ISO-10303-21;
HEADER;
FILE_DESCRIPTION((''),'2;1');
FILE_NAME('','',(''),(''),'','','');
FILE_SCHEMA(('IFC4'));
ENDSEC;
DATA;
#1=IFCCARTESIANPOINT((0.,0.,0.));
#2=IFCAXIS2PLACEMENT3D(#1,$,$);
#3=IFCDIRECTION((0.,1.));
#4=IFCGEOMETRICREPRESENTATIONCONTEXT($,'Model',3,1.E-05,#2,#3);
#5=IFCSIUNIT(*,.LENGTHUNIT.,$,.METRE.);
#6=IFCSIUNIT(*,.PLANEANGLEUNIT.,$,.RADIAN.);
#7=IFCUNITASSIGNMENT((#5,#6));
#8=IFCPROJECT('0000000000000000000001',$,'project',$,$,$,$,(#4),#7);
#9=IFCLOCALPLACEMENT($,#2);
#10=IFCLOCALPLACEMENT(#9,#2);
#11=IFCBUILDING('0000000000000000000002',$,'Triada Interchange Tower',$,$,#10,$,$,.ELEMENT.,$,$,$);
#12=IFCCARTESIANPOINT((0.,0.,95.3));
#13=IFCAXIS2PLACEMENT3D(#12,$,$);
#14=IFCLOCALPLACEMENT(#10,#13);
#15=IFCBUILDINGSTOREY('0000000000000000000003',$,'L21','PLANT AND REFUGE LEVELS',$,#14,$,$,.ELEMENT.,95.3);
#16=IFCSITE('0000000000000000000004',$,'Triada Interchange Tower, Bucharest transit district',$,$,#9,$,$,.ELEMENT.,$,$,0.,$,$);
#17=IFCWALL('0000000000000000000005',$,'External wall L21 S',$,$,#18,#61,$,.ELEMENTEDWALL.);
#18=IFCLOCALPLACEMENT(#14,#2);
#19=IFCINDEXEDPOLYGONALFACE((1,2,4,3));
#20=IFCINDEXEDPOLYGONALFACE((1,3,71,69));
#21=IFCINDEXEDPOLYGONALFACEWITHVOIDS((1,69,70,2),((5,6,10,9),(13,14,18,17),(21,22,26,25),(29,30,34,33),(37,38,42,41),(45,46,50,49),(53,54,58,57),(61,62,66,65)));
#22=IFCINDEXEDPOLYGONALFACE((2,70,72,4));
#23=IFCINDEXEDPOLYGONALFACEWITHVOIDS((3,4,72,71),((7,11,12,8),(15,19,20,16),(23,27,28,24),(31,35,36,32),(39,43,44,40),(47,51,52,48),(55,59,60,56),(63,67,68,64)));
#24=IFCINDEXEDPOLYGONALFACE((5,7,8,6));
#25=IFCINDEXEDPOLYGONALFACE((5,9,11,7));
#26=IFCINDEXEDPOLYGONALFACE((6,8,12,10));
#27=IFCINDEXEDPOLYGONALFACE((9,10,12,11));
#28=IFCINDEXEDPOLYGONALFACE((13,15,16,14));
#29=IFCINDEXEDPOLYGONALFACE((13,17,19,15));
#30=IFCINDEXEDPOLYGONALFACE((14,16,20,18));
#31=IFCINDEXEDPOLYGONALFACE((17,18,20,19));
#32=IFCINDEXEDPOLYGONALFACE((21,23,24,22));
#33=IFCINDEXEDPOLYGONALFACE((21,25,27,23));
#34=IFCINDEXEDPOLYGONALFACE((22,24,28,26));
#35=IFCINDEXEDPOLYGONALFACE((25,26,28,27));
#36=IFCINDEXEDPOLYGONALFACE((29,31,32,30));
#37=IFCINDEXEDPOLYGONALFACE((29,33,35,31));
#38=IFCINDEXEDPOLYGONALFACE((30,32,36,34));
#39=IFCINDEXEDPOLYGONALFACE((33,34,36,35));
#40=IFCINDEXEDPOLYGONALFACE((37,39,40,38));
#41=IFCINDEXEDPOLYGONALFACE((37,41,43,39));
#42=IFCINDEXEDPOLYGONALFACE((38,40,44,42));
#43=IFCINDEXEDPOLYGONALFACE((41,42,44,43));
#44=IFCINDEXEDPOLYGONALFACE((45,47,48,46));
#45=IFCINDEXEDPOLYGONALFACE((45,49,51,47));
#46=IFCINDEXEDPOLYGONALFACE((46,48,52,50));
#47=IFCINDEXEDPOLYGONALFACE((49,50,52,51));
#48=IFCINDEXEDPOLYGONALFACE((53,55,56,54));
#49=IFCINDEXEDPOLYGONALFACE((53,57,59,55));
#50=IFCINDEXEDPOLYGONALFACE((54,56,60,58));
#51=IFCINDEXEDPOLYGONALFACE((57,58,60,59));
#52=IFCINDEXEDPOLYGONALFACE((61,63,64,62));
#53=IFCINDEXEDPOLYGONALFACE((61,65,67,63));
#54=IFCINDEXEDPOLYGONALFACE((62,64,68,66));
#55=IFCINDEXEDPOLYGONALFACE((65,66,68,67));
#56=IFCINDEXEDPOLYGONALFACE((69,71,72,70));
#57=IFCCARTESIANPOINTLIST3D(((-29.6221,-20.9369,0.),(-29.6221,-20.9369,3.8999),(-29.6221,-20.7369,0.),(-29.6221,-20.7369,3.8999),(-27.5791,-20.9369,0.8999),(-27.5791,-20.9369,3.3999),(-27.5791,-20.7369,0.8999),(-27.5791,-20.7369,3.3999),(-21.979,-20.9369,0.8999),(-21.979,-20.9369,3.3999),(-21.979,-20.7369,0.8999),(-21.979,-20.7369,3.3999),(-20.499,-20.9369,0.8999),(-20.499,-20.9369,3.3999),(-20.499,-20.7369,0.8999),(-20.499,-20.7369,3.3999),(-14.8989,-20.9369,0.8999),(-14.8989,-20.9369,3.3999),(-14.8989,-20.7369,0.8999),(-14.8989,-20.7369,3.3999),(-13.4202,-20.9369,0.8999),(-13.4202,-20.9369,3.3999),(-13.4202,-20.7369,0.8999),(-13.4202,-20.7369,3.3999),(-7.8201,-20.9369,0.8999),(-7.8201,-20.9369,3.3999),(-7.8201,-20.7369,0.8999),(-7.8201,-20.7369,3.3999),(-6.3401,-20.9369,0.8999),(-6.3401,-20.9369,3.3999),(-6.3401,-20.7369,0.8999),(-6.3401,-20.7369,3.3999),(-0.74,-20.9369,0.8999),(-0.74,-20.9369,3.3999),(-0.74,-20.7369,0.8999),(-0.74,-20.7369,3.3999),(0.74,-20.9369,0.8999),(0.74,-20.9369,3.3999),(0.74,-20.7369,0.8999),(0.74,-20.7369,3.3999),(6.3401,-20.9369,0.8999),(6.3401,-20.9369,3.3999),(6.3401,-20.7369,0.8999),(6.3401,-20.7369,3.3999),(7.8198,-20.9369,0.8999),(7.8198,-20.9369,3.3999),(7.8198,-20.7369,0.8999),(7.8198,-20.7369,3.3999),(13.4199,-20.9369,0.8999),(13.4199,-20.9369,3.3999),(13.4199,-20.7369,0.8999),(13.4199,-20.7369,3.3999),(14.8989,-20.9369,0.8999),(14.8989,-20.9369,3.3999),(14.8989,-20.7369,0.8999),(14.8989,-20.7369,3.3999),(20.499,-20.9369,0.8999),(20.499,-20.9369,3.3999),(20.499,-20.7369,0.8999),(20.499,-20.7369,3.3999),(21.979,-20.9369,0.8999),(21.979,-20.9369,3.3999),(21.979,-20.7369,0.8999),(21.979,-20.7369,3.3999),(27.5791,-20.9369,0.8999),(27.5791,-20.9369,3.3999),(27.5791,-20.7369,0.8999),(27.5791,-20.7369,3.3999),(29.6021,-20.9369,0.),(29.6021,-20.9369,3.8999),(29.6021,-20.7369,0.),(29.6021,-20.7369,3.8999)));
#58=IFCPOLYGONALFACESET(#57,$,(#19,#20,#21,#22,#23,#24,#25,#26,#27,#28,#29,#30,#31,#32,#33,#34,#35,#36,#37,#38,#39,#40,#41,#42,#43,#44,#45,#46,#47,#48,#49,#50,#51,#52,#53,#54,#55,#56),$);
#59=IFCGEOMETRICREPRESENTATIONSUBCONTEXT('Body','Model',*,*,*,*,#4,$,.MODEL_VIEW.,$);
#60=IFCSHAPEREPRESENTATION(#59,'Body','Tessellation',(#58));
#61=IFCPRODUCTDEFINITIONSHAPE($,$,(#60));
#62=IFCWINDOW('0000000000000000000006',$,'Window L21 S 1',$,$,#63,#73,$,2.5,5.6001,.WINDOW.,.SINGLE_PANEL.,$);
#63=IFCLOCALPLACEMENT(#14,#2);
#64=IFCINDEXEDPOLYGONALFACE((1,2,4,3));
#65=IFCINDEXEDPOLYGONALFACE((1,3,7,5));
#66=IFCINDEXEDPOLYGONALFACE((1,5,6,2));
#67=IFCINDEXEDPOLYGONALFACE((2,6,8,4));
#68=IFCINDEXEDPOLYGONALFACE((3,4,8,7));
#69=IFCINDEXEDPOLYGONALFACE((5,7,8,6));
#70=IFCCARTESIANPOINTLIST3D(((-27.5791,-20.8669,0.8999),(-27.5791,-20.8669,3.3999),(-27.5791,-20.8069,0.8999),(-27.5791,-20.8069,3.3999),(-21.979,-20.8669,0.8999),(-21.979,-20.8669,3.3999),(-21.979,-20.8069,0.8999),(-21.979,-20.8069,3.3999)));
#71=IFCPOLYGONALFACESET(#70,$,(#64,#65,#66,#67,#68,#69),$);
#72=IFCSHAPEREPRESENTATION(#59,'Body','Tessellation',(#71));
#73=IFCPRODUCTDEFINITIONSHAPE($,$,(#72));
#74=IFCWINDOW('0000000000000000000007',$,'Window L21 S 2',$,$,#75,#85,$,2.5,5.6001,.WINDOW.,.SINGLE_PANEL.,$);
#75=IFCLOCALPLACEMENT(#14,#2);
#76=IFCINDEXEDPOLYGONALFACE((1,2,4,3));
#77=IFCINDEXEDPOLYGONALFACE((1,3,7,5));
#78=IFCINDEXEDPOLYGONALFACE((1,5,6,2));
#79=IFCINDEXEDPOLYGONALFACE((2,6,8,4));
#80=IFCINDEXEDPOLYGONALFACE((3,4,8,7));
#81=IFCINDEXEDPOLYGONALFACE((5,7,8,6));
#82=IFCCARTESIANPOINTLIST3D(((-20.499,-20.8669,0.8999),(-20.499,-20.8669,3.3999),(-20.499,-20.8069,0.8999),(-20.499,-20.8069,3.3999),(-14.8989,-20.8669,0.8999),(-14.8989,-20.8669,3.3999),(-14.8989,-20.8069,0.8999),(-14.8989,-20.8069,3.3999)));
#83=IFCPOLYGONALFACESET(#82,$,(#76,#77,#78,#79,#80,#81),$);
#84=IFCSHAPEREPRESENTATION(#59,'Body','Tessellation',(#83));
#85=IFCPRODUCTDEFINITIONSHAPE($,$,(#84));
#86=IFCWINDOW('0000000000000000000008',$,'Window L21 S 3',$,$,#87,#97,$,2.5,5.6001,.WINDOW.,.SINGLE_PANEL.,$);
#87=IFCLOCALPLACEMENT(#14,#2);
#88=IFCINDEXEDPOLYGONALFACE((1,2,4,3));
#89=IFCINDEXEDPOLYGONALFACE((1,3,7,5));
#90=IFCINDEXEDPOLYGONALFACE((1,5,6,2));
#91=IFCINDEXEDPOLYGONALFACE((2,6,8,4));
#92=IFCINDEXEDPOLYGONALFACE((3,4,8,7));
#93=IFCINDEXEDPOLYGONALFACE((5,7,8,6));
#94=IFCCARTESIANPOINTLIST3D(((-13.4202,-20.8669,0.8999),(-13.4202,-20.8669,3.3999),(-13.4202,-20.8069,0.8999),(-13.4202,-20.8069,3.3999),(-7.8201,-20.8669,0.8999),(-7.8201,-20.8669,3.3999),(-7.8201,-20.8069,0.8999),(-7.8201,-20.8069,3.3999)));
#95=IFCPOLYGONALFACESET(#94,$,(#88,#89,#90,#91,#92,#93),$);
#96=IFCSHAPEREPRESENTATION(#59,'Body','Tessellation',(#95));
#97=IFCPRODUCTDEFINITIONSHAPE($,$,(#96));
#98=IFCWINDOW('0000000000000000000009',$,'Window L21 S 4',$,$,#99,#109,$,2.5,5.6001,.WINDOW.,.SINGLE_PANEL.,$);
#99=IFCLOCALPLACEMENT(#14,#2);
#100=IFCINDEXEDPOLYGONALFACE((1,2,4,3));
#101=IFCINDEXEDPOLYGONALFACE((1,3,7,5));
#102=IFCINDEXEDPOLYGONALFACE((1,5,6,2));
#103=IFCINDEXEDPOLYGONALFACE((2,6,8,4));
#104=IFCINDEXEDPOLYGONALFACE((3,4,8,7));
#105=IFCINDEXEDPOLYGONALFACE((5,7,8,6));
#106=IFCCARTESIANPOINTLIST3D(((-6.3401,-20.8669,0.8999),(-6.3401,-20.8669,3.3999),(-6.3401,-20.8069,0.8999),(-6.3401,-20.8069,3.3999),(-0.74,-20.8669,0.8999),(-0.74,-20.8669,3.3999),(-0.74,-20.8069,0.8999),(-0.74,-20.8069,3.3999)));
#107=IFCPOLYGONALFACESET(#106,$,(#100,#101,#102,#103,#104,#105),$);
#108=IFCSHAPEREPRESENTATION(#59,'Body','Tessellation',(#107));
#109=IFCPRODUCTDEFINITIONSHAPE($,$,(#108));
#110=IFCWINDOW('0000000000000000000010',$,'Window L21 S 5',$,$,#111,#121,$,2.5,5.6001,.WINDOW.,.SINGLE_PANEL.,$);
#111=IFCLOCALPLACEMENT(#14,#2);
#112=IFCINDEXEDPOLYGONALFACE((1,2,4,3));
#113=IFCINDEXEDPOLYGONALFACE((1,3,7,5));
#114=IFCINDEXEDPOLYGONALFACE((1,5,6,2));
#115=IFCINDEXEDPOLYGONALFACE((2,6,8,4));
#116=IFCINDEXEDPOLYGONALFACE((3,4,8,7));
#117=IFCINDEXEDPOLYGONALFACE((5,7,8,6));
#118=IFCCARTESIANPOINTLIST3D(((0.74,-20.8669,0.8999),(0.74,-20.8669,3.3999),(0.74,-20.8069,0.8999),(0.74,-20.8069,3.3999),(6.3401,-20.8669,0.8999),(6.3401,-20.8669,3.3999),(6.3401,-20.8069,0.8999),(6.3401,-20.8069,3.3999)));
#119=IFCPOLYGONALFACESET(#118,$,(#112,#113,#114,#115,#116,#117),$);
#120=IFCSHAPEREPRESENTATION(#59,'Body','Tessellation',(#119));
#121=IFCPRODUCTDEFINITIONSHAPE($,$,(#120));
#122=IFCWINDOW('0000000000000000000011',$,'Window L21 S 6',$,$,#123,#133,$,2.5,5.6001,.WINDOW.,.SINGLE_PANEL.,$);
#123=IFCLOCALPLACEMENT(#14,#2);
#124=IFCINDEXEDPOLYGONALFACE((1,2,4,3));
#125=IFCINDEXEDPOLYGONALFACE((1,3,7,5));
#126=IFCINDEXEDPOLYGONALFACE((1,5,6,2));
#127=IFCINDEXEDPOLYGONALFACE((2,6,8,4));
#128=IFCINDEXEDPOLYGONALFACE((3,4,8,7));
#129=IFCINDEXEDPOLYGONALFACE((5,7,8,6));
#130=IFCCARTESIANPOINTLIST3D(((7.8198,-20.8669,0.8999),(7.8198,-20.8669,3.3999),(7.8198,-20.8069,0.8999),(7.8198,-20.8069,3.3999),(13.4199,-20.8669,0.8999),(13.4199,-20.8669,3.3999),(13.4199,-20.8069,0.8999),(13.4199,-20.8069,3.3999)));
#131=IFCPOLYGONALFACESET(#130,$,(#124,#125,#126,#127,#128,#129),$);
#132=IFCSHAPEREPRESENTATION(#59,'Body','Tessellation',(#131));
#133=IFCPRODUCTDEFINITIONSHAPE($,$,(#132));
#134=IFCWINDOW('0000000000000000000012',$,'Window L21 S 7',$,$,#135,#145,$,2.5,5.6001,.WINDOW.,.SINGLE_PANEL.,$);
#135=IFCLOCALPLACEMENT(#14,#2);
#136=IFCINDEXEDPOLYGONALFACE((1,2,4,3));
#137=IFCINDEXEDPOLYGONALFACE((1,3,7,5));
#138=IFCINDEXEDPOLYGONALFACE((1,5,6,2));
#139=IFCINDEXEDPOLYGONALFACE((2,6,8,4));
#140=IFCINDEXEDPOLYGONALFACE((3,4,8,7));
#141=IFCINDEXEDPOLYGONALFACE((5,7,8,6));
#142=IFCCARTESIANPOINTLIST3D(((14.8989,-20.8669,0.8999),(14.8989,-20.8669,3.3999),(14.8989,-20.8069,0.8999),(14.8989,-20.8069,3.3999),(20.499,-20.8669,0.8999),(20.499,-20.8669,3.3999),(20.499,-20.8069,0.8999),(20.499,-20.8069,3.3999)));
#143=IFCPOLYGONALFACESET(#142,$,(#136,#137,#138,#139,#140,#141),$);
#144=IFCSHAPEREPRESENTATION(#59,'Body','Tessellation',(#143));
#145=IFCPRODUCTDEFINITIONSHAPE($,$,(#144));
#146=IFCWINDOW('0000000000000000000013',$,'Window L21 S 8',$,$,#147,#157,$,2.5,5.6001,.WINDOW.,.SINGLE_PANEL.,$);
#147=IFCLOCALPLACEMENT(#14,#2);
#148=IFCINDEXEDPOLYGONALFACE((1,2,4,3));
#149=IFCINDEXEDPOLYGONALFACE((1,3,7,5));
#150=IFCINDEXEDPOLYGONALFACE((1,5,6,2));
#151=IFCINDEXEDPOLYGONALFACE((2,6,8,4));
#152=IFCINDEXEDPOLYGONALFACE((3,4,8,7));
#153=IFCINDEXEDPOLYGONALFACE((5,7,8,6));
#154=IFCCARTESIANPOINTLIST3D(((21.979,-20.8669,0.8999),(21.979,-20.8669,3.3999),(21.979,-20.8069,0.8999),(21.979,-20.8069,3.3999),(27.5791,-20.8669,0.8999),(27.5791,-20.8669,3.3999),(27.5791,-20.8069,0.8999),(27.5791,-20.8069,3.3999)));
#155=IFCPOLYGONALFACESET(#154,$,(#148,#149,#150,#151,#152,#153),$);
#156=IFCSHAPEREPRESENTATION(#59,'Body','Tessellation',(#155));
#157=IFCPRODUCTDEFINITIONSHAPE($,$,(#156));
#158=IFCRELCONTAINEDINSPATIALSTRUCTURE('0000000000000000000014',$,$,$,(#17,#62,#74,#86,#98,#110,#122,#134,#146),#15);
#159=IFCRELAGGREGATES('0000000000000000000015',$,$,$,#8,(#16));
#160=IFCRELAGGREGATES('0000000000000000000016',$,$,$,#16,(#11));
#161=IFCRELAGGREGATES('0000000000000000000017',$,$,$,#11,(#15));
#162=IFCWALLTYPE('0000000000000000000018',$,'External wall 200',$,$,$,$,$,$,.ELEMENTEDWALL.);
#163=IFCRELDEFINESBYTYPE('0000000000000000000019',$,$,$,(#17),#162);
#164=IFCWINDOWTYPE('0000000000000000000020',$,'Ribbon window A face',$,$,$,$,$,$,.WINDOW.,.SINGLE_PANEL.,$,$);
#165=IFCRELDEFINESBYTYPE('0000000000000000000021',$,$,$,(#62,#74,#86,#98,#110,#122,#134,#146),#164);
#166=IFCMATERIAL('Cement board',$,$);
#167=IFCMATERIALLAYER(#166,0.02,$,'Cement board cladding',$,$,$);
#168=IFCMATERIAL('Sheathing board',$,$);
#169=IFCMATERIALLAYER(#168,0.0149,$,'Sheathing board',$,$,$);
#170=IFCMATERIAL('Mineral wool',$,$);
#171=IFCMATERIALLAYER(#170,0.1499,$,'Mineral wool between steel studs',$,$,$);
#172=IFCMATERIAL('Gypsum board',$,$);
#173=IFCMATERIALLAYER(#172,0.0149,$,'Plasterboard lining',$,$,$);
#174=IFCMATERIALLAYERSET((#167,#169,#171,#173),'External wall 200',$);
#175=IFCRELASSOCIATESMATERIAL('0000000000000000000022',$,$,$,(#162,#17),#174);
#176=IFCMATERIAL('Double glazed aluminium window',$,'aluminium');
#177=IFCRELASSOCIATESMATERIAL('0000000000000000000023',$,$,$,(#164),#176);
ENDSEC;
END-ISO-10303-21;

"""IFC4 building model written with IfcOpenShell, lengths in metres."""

from ifc_helpers import new_model, si_unit, direction, frame, frame_2d, origin, place, context, subcontext, project, spatial, rectangle, extrude, material, layer, layer_set, layer_usage, type_object, element, fill, save


model = new_model("IFC4")

# Units and contexts
model_context = context("Model", 3, precision=1e-05, world=origin(), true_north=direction((0.0, 1.0)))
body_context = subcontext(model_context, "Body", "Model", "MODEL_VIEW")
ifc_project = project(units=[si_unit("LENGTHUNIT", "METRE"), si_unit("PLANEANGLEUNIT", "RADIAN")], contexts=[model_context])

# Site, building, storey
site_placement = place(None, origin())
site = spatial("IfcSite", under=ifc_project, at=site_placement, Name="Triada Interchange Tower, Bucharest transit district", CompositionType="ELEMENT", RefElevation=0.0)
building_placement = place(site_placement, origin())
building = spatial("IfcBuilding", under=site, at=building_placement, Name="Triada Interchange Tower", CompositionType="ELEMENT")
storey_placement = place(building_placement, frame((0.0, 0.0, 95.3)))
storey = spatial("IfcBuildingStorey", under=building, at=storey_placement, Name="L21", Description="PLANT AND REFUGE LEVELS", CompositionType="ELEMENT", Elevation=95.3)

# Wall, openings, windows
ifc_material_1 = material(Name="Cement board")
ifc_layer_1 = layer(ifc_material_1, 0.02, Name="Cement board cladding")
ifc_material_2 = material(Name="Sheathing board")
ifc_layer_2 = layer(ifc_material_2, 0.0149, Name="Sheathing board")
ifc_material_3 = material(Name="Mineral wool")
ifc_layer_3 = layer(ifc_material_3, 0.1499, Name="Mineral wool between steel studs")
ifc_material_4 = material(Name="Gypsum board")
ifc_layer_4 = layer(ifc_material_4, 0.0149, Name="Plasterboard lining")
ifc_layer_set_1 = layer_set([ifc_layer_1, ifc_layer_2, ifc_layer_3, ifc_layer_4], Name="External wall 200")
ifc_layer_usage = layer_usage(ifc_layer_set_1, "AXIS2", "POSITIVE", -0.1001)
wall_type_1 = type_object("IfcWallType", Name="External wall 200", PredefinedType="ELEMENTEDWALL", material=ifc_layer_set_1)
wall_1_placement = place(storey_placement, frame((-29.6221, -20.8369, 0.0), z_axis=(0.0, 0.0, 1.0), x_axis=(1.0, 0.0, 0.0)))
wall_1 = element("IfcWall", 1, at=wall_1_placement, inside=storey, type_object=wall_type_1, material=ifc_layer_usage, Name="External wall L21 S", PredefinedType="ELEMENTEDWALL", context=body_context, shape_type="SweptSolid", body=[
    extrude(rectangle(XDim=59.2241, YDim=0.2, at=frame_2d((29.6121, 0.0))), origin(), (0.0, 0.0, 1.0), 3.8999),
])
opening_1_placement = place(wall_1_placement, frame((2.043, 0.0, 0.8999)))
opening_1 = element("IfcOpeningElement", 2, at=opening_1_placement, cuts=wall_1, PredefinedType="OPENING", context=body_context, shape_type="SweptSolid", body=[
    extrude(rectangle(XDim=5.6001, YDim=2.5, at=frame_2d((2.8, 1.25))), frame((0.0, 0.1099, 0.0), z_axis=(0.0, -1.0, 0.0), x_axis=(1.0, 0.0, 0.0)), (0.0, 0.0, 1.0), 0.22),
])
opening_2_placement = place(wall_1_placement, frame((9.123, 0.0, 0.8999)))
opening_2 = element("IfcOpeningElement", 3, at=opening_2_placement, cuts=wall_1, PredefinedType="OPENING", context=body_context, shape_type="SweptSolid", body=[
    extrude(rectangle(XDim=5.6001, YDim=2.5, at=frame_2d((2.8, 1.25))), frame((0.0, 0.1099, 0.0), z_axis=(0.0, -1.0, 0.0), x_axis=(1.0, 0.0, 0.0)), (0.0, 0.0, 1.0), 0.22),
])
opening_3_placement = place(wall_1_placement, frame((16.2019, 0.0, 0.8999)))
opening_3 = element("IfcOpeningElement", 4, at=opening_3_placement, cuts=wall_1, PredefinedType="OPENING", context=body_context, shape_type="SweptSolid", body=[
    extrude(rectangle(XDim=5.6001, YDim=2.5, at=frame_2d((2.8, 1.25))), frame((0.0, 0.1099, 0.0), z_axis=(0.0, -1.0, 0.0), x_axis=(1.0, 0.0, 0.0)), (0.0, 0.0, 1.0), 0.22),
])
opening_4_placement = place(wall_1_placement, frame((23.282, 0.0, 0.8999)))
opening_4 = element("IfcOpeningElement", 5, at=opening_4_placement, cuts=wall_1, PredefinedType="OPENING", context=body_context, shape_type="SweptSolid", body=[
    extrude(rectangle(XDim=5.6001, YDim=2.5, at=frame_2d((2.8, 1.25))), frame((0.0, 0.1099, 0.0), z_axis=(0.0, -1.0, 0.0), x_axis=(1.0, 0.0, 0.0)), (0.0, 0.0, 1.0), 0.22),
])
opening_5_placement = place(wall_1_placement, frame((30.3621, 0.0, 0.8999)))
opening_5 = element("IfcOpeningElement", 6, at=opening_5_placement, cuts=wall_1, PredefinedType="OPENING", context=body_context, shape_type="SweptSolid", body=[
    extrude(rectangle(XDim=5.6001, YDim=2.5, at=frame_2d((2.8, 1.25))), frame((0.0, 0.1099, 0.0), z_axis=(0.0, -1.0, 0.0), x_axis=(1.0, 0.0, 0.0)), (0.0, 0.0, 1.0), 0.22),
])
opening_6_placement = place(wall_1_placement, frame((37.4419, 0.0, 0.8999)))
opening_6 = element("IfcOpeningElement", 7, at=opening_6_placement, cuts=wall_1, PredefinedType="OPENING", context=body_context, shape_type="SweptSolid", body=[
    extrude(rectangle(XDim=5.6001, YDim=2.5, at=frame_2d((2.8, 1.25))), frame((0.0, 0.1099, 0.0), z_axis=(0.0, -1.0, 0.0), x_axis=(1.0, 0.0, 0.0)), (0.0, 0.0, 1.0), 0.22),
])
opening_7_placement = place(wall_1_placement, frame((44.521, 0.0, 0.8999)))
opening_7 = element("IfcOpeningElement", 8, at=opening_7_placement, cuts=wall_1, PredefinedType="OPENING", context=body_context, shape_type="SweptSolid", body=[
    extrude(rectangle(XDim=5.6001, YDim=2.5, at=frame_2d((2.8, 1.25))), frame((0.0, 0.1099, 0.0), z_axis=(0.0, -1.0, 0.0), x_axis=(1.0, 0.0, 0.0)), (0.0, 0.0, 1.0), 0.22),
])
opening_8_placement = place(wall_1_placement, frame((51.6011, 0.0, 0.8999)))
opening_8 = element("IfcOpeningElement", 9, at=opening_8_placement, cuts=wall_1, PredefinedType="OPENING", context=body_context, shape_type="SweptSolid", body=[
    extrude(rectangle(XDim=5.6001, YDim=2.5, at=frame_2d((2.8, 1.25))), frame((0.0, 0.1099, 0.0), z_axis=(0.0, -1.0, 0.0), x_axis=(1.0, 0.0, 0.0)), (0.0, 0.0, 1.0), 0.22),
])
ifc_material_5 = material(Name="Double glazed aluminium window", Category="aluminium")
window_type = type_object("IfcWindowType", Name="Ribbon window A face", PartitioningType="SINGLE_PANEL", PredefinedType="WINDOW", material=ifc_material_5)
window_1_placement = place(opening_1_placement, origin())
window_1 = element("IfcWindow", 10, at=window_1_placement, inside=storey, type_object=window_type, Name="Window L21 S 1", OverallHeight=2.5, OverallWidth=5.6001, PartitioningType="SINGLE_PANEL", PredefinedType="WINDOW", context=body_context, shape_type="SweptSolid", body=[
    extrude(rectangle(XDim=5.6001, YDim=2.5, at=frame_2d((2.8, 1.25))), frame((0.0, 0.03, 0.0), z_axis=(0.0, -1.0, 0.0), x_axis=(1.0, 0.0, 0.0)), (0.0, 0.0, 1.0), 0.0601),
])
fill(opening_1, window_1)
window_2_placement = place(opening_2_placement, origin())
window_2 = element("IfcWindow", 11, at=window_2_placement, inside=storey, type_object=window_type, Name="Window L21 S 2", OverallHeight=2.5, OverallWidth=5.6001, PartitioningType="SINGLE_PANEL", PredefinedType="WINDOW", context=body_context, shape_type="SweptSolid", body=[
    extrude(rectangle(XDim=5.6001, YDim=2.5, at=frame_2d((2.8, 1.25))), frame((0.0, 0.03, 0.0), z_axis=(0.0, -1.0, 0.0), x_axis=(1.0, 0.0, 0.0)), (0.0, 0.0, 1.0), 0.0601),
])
fill(opening_2, window_2)
window_3_placement = place(opening_3_placement, origin())
window_3 = element("IfcWindow", 12, at=window_3_placement, inside=storey, type_object=window_type, Name="Window L21 S 3", OverallHeight=2.5, OverallWidth=5.6001, PartitioningType="SINGLE_PANEL", PredefinedType="WINDOW", context=body_context, shape_type="SweptSolid", body=[
    extrude(rectangle(XDim=5.6001, YDim=2.5, at=frame_2d((2.8, 1.25))), frame((0.0, 0.03, 0.0), z_axis=(0.0, -1.0, 0.0), x_axis=(1.0, 0.0, 0.0)), (0.0, 0.0, 1.0), 0.0601),
])
fill(opening_3, window_3)
window_4_placement = place(opening_4_placement, origin())
window_4 = element("IfcWindow", 13, at=window_4_placement, inside=storey, type_object=window_type, Name="Window L21 S 4", OverallHeight=2.5, OverallWidth=5.6001, PartitioningType="SINGLE_PANEL", PredefinedType="WINDOW", context=body_context, shape_type="SweptSolid", body=[
    extrude(rectangle(XDim=5.6001, YDim=2.5, at=frame_2d((2.8, 1.25))), frame((0.0, 0.03, 0.0), z_axis=(0.0, -1.0, 0.0), x_axis=(1.0, 0.0, 0.0)), (0.0, 0.0, 1.0), 0.0601),
])
fill(opening_4, window_4)
window_5_placement = place(opening_5_placement, origin())
window_5 = element("IfcWindow", 14, at=window_5_placement, inside=storey, type_object=window_type, Name="Window L21 S 5", OverallHeight=2.5, OverallWidth=5.6001, PartitioningType="SINGLE_PANEL", PredefinedType="WINDOW", context=body_context, shape_type="SweptSolid", body=[
    extrude(rectangle(XDim=5.6001, YDim=2.5, at=frame_2d((2.8, 1.25))), frame((0.0, 0.03, 0.0), z_axis=(0.0, -1.0, 0.0), x_axis=(1.0, 0.0, 0.0)), (0.0, 0.0, 1.0), 0.0601),
])
fill(opening_5, window_5)
window_6_placement = place(opening_6_placement, origin())
window_6 = element("IfcWindow", 15, at=window_6_placement, inside=storey, type_object=window_type, Name="Window L21 S 6", OverallHeight=2.5, OverallWidth=5.6001, PartitioningType="SINGLE_PANEL", PredefinedType="WINDOW", context=body_context, shape_type="SweptSolid", body=[
    extrude(rectangle(XDim=5.6001, YDim=2.5, at=frame_2d((2.8, 1.25))), frame((0.0, 0.03, 0.0), z_axis=(0.0, -1.0, 0.0), x_axis=(1.0, 0.0, 0.0)), (0.0, 0.0, 1.0), 0.0601),
])
fill(opening_6, window_6)
window_7_placement = place(opening_7_placement, origin())
window_7 = element("IfcWindow", 16, at=window_7_placement, inside=storey, type_object=window_type, Name="Window L21 S 7", OverallHeight=2.5, OverallWidth=5.6001, PartitioningType="SINGLE_PANEL", PredefinedType="WINDOW", context=body_context, shape_type="SweptSolid", body=[
    extrude(rectangle(XDim=5.6001, YDim=2.5, at=frame_2d((2.8, 1.25))), frame((0.0, 0.03, 0.0), z_axis=(0.0, -1.0, 0.0), x_axis=(1.0, 0.0, 0.0)), (0.0, 0.0, 1.0), 0.0601),
])
fill(opening_7, window_7)
window_8_placement = place(opening_8_placement, origin())
window_8 = element("IfcWindow", 17, at=window_8_placement, inside=storey, type_object=window_type, Name="Window L21 S 8", OverallHeight=2.5, OverallWidth=5.6001, PartitioningType="SINGLE_PANEL", PredefinedType="WINDOW", context=body_context, shape_type="SweptSolid", body=[
    extrude(rectangle(XDim=5.6001, YDim=2.5, at=frame_2d((2.8, 1.25))), frame((0.0, 0.03, 0.0), z_axis=(0.0, -1.0, 0.0), x_axis=(1.0, 0.0, 0.0)), (0.0, 0.0, 1.0), 0.0601),
])
fill(opening_8, window_8)

save(model, "model.ifc")
